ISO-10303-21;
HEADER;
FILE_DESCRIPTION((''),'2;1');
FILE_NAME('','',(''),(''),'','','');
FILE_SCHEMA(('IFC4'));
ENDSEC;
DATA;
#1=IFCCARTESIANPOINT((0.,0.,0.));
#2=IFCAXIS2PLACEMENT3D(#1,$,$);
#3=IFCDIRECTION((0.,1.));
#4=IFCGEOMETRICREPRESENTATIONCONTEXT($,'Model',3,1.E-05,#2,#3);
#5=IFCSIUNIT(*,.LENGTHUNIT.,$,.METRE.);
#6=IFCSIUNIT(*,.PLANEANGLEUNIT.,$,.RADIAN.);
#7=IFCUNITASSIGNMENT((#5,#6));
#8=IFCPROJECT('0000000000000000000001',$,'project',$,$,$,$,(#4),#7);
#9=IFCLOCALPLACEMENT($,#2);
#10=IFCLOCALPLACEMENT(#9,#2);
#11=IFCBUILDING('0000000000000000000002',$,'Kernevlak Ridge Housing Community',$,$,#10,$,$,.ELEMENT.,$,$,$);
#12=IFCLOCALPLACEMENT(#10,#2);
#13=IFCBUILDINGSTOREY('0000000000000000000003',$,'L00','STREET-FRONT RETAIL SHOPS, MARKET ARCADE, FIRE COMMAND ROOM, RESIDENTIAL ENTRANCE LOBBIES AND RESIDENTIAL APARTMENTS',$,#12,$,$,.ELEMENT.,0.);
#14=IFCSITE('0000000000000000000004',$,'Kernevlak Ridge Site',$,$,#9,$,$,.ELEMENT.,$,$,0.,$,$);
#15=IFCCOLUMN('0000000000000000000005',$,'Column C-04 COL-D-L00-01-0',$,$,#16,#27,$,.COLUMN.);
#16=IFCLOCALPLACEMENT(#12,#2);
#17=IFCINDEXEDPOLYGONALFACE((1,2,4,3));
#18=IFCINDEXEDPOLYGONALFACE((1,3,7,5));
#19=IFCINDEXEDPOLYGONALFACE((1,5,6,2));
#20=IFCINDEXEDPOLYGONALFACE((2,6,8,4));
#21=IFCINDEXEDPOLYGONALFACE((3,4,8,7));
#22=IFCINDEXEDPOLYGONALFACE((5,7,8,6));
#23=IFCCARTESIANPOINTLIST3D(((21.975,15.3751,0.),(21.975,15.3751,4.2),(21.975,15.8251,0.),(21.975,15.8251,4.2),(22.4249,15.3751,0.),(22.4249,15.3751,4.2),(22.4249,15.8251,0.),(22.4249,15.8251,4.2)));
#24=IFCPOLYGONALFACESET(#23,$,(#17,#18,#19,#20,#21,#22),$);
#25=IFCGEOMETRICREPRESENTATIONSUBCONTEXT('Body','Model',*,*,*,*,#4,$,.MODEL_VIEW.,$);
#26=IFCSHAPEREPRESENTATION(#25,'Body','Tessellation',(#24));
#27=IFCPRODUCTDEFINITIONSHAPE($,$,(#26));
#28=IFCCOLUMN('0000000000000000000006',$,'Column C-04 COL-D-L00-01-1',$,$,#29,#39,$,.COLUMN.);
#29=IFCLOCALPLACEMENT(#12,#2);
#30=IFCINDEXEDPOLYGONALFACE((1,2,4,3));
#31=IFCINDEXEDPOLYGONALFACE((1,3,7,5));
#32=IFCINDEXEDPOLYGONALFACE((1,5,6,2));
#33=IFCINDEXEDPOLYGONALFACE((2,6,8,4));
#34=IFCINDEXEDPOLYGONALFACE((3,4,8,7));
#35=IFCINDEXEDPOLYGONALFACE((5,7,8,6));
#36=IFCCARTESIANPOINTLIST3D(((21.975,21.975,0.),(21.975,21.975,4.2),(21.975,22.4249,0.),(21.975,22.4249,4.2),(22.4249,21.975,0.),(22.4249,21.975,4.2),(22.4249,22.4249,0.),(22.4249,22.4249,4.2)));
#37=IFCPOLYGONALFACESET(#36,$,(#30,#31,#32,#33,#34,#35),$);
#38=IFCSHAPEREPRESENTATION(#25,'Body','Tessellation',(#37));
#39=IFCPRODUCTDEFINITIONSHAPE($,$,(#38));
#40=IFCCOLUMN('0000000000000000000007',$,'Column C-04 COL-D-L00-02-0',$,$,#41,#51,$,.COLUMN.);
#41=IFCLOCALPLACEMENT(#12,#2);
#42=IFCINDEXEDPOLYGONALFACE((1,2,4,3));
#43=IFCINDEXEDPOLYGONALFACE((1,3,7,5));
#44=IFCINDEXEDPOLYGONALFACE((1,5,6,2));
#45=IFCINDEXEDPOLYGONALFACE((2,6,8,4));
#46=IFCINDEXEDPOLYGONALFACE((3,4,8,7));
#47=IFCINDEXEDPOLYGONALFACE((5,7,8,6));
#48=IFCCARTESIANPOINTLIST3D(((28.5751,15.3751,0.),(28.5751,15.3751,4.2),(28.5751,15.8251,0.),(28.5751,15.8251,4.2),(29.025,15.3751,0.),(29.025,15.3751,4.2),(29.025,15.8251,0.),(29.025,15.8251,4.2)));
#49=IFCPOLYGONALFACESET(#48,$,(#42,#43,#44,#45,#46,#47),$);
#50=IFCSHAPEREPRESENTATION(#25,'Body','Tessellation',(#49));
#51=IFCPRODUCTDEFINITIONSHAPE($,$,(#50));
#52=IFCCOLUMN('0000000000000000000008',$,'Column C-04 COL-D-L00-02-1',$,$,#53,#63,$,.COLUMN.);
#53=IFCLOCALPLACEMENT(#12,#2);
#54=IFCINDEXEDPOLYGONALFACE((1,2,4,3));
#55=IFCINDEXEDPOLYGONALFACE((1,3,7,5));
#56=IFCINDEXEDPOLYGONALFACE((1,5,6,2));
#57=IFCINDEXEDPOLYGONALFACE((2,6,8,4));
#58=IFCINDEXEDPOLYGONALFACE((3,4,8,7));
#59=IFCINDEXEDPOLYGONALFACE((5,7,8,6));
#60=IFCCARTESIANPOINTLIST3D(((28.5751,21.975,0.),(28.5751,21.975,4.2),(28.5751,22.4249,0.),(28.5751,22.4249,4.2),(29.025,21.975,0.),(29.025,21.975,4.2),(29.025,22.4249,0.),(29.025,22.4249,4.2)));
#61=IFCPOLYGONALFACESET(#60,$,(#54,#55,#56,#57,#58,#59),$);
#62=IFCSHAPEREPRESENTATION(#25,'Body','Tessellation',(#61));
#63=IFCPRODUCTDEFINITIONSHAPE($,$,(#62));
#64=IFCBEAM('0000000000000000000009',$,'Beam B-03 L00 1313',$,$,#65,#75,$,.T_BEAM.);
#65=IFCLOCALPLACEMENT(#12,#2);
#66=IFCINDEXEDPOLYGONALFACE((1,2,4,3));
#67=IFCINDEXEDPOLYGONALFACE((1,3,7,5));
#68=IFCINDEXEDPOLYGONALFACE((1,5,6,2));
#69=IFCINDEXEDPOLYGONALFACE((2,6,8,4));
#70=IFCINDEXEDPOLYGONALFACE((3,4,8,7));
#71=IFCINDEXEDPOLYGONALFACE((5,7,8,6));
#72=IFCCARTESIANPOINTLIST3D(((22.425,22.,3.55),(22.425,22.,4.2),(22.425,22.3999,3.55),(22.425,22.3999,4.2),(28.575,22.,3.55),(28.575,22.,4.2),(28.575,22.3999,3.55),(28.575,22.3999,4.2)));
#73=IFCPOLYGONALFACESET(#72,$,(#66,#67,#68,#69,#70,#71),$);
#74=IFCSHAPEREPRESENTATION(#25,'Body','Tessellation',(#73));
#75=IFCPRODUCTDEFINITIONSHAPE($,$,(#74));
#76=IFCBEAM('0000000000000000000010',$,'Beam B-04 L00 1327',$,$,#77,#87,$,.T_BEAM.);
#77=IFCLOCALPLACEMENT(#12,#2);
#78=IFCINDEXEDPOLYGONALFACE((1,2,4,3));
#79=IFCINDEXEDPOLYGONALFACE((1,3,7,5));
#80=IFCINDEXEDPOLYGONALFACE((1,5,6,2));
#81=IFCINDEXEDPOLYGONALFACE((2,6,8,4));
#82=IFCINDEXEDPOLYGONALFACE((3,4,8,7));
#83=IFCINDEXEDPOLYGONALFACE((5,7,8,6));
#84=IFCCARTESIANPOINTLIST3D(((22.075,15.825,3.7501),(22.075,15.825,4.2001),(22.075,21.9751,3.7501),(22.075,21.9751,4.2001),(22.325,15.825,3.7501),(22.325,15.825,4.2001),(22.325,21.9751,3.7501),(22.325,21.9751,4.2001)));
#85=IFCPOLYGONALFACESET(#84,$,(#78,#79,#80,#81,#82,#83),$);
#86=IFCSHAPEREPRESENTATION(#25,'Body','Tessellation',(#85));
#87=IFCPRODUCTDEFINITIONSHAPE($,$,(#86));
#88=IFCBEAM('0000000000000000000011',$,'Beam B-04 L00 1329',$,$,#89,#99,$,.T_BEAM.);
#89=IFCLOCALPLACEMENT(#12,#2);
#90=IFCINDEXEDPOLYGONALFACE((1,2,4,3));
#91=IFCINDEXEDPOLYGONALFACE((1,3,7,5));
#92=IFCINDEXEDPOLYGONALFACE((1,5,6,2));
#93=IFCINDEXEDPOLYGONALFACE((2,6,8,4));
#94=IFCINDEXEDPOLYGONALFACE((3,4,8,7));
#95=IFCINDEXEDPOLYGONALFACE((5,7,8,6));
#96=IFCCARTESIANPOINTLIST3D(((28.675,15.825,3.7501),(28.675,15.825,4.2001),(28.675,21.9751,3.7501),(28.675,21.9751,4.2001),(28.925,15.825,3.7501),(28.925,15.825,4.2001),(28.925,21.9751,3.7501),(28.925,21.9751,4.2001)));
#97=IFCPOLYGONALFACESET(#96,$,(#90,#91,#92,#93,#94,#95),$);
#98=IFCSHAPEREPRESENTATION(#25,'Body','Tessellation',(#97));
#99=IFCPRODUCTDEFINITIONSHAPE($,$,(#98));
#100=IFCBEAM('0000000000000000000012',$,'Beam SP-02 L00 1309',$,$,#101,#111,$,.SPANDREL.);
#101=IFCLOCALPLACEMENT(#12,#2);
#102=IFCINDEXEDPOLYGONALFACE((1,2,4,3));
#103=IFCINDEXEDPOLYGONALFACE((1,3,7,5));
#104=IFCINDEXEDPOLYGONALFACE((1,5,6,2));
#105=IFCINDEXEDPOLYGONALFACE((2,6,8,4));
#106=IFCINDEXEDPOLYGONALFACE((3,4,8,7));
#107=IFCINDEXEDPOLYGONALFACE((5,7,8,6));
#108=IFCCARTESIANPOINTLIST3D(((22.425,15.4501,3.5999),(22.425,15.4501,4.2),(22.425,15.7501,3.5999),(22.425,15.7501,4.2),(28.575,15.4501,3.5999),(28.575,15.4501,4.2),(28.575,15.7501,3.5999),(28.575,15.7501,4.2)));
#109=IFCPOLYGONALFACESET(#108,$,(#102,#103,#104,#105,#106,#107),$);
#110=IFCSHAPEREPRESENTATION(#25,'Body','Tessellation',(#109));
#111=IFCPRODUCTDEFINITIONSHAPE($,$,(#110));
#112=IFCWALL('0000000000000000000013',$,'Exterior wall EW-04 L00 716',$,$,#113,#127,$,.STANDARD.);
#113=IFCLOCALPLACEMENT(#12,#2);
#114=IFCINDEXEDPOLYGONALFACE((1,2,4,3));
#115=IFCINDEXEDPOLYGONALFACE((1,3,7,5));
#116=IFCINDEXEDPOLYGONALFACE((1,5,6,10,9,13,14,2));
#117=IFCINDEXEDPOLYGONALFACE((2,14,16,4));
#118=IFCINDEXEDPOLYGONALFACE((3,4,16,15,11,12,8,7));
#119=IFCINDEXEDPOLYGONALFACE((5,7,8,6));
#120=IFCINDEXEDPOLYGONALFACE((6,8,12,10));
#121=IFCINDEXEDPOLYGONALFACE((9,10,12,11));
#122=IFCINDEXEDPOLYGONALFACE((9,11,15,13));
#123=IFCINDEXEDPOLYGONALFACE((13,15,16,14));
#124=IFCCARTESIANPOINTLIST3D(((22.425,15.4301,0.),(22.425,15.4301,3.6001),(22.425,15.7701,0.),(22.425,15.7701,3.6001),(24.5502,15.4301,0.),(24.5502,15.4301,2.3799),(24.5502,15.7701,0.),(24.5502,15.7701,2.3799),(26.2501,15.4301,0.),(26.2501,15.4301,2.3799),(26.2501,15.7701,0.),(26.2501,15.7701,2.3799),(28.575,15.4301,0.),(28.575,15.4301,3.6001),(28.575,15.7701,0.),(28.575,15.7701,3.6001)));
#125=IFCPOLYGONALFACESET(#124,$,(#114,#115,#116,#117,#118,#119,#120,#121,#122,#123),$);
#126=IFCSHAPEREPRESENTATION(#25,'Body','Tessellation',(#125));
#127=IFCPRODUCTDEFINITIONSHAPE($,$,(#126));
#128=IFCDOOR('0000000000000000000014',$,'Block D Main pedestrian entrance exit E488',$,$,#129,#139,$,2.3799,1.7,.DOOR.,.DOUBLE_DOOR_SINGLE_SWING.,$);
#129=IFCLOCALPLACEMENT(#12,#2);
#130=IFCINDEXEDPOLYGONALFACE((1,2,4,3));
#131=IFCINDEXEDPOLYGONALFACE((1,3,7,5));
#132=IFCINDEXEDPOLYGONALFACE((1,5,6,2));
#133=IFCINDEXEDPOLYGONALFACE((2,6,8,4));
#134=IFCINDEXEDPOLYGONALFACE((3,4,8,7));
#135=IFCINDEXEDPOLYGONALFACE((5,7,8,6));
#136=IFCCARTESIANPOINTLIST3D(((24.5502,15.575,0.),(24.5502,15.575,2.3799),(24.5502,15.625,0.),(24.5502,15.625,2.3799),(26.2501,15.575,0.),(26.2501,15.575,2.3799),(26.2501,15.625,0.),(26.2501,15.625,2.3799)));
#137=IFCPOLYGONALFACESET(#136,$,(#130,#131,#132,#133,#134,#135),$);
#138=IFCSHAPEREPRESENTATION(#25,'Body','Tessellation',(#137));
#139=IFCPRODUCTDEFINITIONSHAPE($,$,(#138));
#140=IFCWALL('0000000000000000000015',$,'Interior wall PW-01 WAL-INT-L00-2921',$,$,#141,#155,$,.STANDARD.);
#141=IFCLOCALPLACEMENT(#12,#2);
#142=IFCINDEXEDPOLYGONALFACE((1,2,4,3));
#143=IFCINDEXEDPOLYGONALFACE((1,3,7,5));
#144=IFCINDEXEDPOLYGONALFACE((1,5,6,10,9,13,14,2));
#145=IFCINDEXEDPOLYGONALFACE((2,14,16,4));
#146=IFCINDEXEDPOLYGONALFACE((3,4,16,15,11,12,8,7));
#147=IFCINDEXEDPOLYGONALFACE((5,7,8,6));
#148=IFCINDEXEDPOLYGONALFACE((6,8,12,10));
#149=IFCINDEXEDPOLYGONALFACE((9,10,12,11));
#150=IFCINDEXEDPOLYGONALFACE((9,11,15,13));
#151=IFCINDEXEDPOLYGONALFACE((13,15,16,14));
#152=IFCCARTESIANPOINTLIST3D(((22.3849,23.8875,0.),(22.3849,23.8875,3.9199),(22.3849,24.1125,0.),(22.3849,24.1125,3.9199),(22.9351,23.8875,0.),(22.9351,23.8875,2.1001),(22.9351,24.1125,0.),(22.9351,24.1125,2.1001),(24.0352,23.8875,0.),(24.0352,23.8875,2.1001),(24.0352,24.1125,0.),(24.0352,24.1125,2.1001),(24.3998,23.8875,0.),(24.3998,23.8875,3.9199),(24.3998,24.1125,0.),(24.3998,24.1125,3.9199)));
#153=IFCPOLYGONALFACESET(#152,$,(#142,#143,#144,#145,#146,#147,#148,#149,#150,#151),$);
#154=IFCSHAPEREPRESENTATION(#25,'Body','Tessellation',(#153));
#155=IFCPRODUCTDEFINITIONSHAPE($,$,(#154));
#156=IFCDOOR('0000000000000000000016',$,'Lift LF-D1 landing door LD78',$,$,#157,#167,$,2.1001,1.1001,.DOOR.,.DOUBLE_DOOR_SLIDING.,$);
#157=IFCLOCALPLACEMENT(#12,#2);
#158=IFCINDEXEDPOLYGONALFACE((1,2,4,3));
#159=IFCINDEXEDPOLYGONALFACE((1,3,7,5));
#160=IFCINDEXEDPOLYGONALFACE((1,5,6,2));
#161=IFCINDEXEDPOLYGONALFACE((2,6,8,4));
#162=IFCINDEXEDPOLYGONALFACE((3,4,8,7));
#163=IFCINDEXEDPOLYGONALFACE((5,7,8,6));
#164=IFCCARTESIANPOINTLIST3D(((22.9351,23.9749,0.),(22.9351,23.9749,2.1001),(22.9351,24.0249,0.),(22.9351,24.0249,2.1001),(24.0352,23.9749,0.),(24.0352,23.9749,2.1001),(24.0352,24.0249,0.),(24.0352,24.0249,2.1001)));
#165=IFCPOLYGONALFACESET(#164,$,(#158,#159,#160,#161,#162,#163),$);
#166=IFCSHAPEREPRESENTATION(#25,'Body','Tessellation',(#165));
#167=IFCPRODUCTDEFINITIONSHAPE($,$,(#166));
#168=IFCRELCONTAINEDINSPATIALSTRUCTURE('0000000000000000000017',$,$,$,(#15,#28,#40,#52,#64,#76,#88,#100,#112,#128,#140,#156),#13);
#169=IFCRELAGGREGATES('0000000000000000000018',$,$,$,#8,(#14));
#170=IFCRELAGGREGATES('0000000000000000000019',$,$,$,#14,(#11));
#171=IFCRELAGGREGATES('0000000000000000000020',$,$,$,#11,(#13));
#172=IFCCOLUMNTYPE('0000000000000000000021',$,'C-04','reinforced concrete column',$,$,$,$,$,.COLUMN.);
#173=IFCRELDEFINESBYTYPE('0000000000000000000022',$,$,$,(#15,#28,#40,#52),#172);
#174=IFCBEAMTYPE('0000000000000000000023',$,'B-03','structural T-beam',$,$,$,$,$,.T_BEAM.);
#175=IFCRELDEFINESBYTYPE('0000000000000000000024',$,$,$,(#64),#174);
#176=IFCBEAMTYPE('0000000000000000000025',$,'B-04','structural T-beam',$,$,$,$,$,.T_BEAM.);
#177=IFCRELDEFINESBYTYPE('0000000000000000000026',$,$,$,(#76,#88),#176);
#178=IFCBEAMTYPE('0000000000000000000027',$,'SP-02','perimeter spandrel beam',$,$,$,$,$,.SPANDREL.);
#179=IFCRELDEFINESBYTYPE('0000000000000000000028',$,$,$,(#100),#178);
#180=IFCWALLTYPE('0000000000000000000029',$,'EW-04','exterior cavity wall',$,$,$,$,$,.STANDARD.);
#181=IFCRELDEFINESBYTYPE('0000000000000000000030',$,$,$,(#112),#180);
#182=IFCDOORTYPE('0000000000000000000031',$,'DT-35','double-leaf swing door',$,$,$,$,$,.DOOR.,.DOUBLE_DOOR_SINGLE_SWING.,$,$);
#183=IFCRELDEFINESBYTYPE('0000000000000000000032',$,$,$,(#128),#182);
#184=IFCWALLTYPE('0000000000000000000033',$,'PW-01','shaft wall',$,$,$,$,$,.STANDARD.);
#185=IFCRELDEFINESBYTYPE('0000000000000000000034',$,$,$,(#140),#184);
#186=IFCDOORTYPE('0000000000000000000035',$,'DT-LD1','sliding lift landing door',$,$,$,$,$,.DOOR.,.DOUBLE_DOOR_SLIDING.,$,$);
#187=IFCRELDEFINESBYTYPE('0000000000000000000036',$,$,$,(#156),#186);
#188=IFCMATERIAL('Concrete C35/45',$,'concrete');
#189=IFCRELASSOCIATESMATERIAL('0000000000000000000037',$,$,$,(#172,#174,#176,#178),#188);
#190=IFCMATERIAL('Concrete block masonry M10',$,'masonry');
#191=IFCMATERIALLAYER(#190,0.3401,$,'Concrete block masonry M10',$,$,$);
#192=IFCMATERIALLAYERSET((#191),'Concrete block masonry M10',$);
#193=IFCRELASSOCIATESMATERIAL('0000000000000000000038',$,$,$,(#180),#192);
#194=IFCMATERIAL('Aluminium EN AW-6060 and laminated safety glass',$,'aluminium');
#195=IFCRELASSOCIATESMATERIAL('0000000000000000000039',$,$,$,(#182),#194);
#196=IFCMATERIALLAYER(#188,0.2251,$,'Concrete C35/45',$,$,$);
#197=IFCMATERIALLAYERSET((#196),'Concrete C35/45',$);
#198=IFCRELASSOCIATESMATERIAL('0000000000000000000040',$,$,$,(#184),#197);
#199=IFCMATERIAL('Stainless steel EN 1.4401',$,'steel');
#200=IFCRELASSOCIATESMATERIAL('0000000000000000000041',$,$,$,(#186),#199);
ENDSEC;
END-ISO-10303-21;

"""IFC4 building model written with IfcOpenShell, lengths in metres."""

from ifc_helpers import new_model, si_unit, direction, frame, frame_2d, origin, origin_2d, place, context, subcontext, project, spatial, rectangle, extrude, material, layer, layer_set, material_profile, profile_set, type_object, element, fill, save


model = new_model("IFC4")

# Units and contexts
model_context = context("Model", 3, precision=1e-05, world=origin(), true_north=direction((0.0, 1.0)))
body_context = subcontext(model_context, "Body", "Model", "MODEL_VIEW")
ifc_project = project(units=[si_unit("LENGTHUNIT", "METRE"), si_unit("PLANEANGLEUNIT", "RADIAN")], contexts=[model_context])

# Site, building, storey
site_placement = place(None, origin())
site = spatial("IfcSite", under=ifc_project, at=site_placement, Name="Kernevlak Ridge Site", CompositionType="ELEMENT", RefElevation=0.0)
building_placement = place(site_placement, origin())
building = spatial("IfcBuilding", under=site, at=building_placement, Name="Kernevlak Ridge Housing Community", CompositionType="ELEMENT")
storey_placement = place(building_placement, origin())
storey = spatial("IfcBuildingStorey", under=building, at=storey_placement, Name="L00", Description="STREET-FRONT RETAIL SHOPS, MARKET ARCADE, FIRE COMMAND ROOM, RESIDENTIAL ENTRANCE LOBBIES AND RESIDENTIAL APARTMENTS", CompositionType="ELEMENT", Elevation=0.0)

# Columns
ifc_material_1 = material(Name="Concrete C35/45", Category="concrete")
ifc_material_profile_1 = material_profile(ifc_material_1, rectangle(XDim=0.45, YDim=0.45, at=origin_2d()), Name="RC 450x450")
ifc_profile_set_1 = profile_set([ifc_material_profile_1], Name="Concrete C35/45")
column_type = type_object("IfcColumnType", Name="C-04", Description="reinforced concrete column", PredefinedType="COLUMN", material=ifc_profile_set_1)
for number, where, z_axis, x_axis, name in (
    (1, (22.2, 15.6001, 0.0), (0.0, 0.0, 1.0), (1.0, 0.0, 0.0), "Column C-04 COL-D-L00-01-0"),
    (2, (22.2, 22.2, 0.0), (0.0, 0.0, 1.0), (1.0, 0.0, 0.0), "Column C-04 COL-D-L00-01-1"),
    (3, (28.8, 15.6001, 0.0), (0.0, 0.0, 1.0), (1.0, 0.0, 0.0), "Column C-04 COL-D-L00-02-0"),
    (4, (28.8, 22.2, 0.0), (0.0, 0.0, 1.0), (1.0, 0.0, 0.0), "Column C-04 COL-D-L00-02-1"),
):
    element("IfcColumn", number, at=place(storey_placement, frame(where, z_axis=z_axis, x_axis=x_axis)), inside=storey, type_object=column_type, Name=name, PredefinedType="COLUMN", context=body_context, shape_type="SweptSolid", body=[
        extrude(rectangle(XDim=0.45, YDim=0.45, at=origin_2d()), origin(), (0.0, 0.0, 1.0), 4.2),
    ])

# Beams
ifc_material_profile_2 = material_profile(ifc_material_1, rectangle(XDim=0.3999, YDim=0.6499, at=origin_2d()), Name="RC 400x650")
ifc_profile_set_2 = profile_set([ifc_material_profile_2], Name="Concrete C35/45")
beam_type_1 = type_object("IfcBeamType", Name="B-03", Description="structural T-beam", PredefinedType="T_BEAM", material=ifc_profile_set_2)
beam_1_placement = place(storey_placement, frame((22.425, 22.2, 3.875), z_axis=(1.0, 0.0, 0.0), x_axis=(0.0, 1.0, 0.0)))
element("IfcBeam", 5, at=beam_1_placement, inside=storey, type_object=beam_type_1, Name="Beam B-03 L00 1313", PredefinedType="T_BEAM", context=body_context, shape_type="SweptSolid", body=[
    extrude(rectangle(XDim=0.3999, YDim=0.6499, at=origin_2d()), origin(), (0.0, 0.0, 1.0), 6.1499),
])
ifc_material_profile_3 = material_profile(ifc_material_1, rectangle(XDim=0.25, YDim=0.45, at=origin_2d()), Name="RC 250x450")
ifc_profile_set_3 = profile_set([ifc_material_profile_3], Name="Concrete C35/45")
beam_type_2 = type_object("IfcBeamType", Name="B-04", Description="structural T-beam", PredefinedType="T_BEAM", material=ifc_profile_set_3)
for number, where, z_axis, x_axis, name in (
    (6, (22.2, 15.825, 3.9751), (0.0, 1.0, 0.0), (-1.0, 0.0, 0.0), "Beam B-04 L00 1327"),
    (7, (28.8, 15.825, 3.9751), (0.0, 1.0, 0.0), (-1.0, 0.0, 0.0), "Beam B-04 L00 1329"),
):
    element("IfcBeam", number, at=place(storey_placement, frame(where, z_axis=z_axis, x_axis=x_axis)), inside=storey, type_object=beam_type_2, Name=name, PredefinedType="T_BEAM", context=body_context, shape_type="SweptSolid", body=[
        extrude(rectangle(XDim=0.25, YDim=0.45, at=origin_2d()), origin(), (0.0, 0.0, 1.0), 6.1501),
    ])
ifc_material_profile_4 = material_profile(ifc_material_1, rectangle(XDim=0.3, YDim=0.6001, at=origin_2d()), Name="RC 300x600")
ifc_profile_set_4 = profile_set([ifc_material_profile_4], Name="Concrete C35/45")
beam_type_3 = type_object("IfcBeamType", Name="SP-02", Description="perimeter spandrel beam", PredefinedType="SPANDREL", material=ifc_profile_set_4)
beam_2_placement = place(storey_placement, frame((22.425, 15.6001, 3.8999), z_axis=(1.0, 0.0, 0.0), x_axis=(0.0, 1.0, 0.0)))
element("IfcBeam", 8, at=beam_2_placement, inside=storey, type_object=beam_type_3, Name="Beam SP-02 L00 1309", PredefinedType="SPANDREL", context=body_context, shape_type="SweptSolid", body=[
    extrude(rectangle(XDim=0.3, YDim=0.6001, at=origin_2d()), origin(), (0.0, 0.0, 1.0), 6.1499),
])

# Walls, openings, doors
ifc_material_2 = material(Name="Concrete block masonry M10", Category="masonry")
ifc_layer_1 = layer(ifc_material_2, 0.3401, Name="Concrete block masonry M10")
ifc_layer_set_1 = layer_set([ifc_layer_1], Name="Concrete block masonry M10")
wall_type_1 = type_object("IfcWallType", Name="EW-04", Description="exterior cavity wall", PredefinedType="STANDARD", material=ifc_layer_set_1)
wall_1_placement = place(storey_placement, frame((22.425, 15.6001, 0.0), z_axis=(0.0, 0.0, 1.0), x_axis=(1.0, 0.0, 0.0)))
wall_1 = element("IfcWall", 9, at=wall_1_placement, inside=storey, type_object=wall_type_1, Name="Exterior wall EW-04 L00 716", PredefinedType="STANDARD", context=body_context, shape_type="SweptSolid", body=[
    extrude(rectangle(XDim=6.1499, YDim=0.3401, at=frame_2d((3.075, 0.0))), origin(), (0.0, 0.0, 1.0), 3.6001),
])
opening_1_placement = place(wall_1_placement, frame((2.125, 0.0, 0.0)))
opening_1 = element("IfcOpeningElement", 10, at=opening_1_placement, cuts=wall_1, PredefinedType="OPENING", context=body_context, shape_type="SweptSolid", body=[
    extrude(rectangle(XDim=1.7, YDim=2.3799, at=frame_2d((0.8501, 1.1899))), frame((0.0, 0.1799, 0.0), z_axis=(0.0, -1.0, 0.0), x_axis=(1.0, 0.0, 0.0)), (0.0, 0.0, 1.0), 0.3601),
])
ifc_material_3 = material(Name="Aluminium EN AW-6060 and laminated safety glass", Category="aluminium")
door_type_1 = type_object("IfcDoorType", Name="DT-35", Description="double-leaf swing door", OperationType="DOUBLE_DOOR_SINGLE_SWING", PredefinedType="DOOR", material=ifc_material_3)
door_1_placement = place(opening_1_placement, origin())
door_1 = element("IfcDoor", 11, at=door_1_placement, inside=storey, type_object=door_type_1, Name="Block D Main pedestrian entrance exit E488", OperationType="DOUBLE_DOOR_SINGLE_SWING", OverallHeight=2.3799, OverallWidth=1.7, PredefinedType="DOOR", context=body_context, shape_type="SweptSolid", body=[
    extrude(rectangle(XDim=1.7, YDim=2.3799, at=frame_2d((0.8501, 1.1899))), frame((0.0, 0.0249, 0.0), z_axis=(0.0, -1.0, 0.0), x_axis=(1.0, 0.0, 0.0)), (0.0, 0.0, 1.0), 0.05),
])
fill(opening_1, door_1)
ifc_layer_2 = layer(ifc_material_1, 0.2251, Name="Concrete C35/45")
ifc_layer_set_2 = layer_set([ifc_layer_2], Name="Concrete C35/45")
wall_type_2 = type_object("IfcWallType", Name="PW-01", Description="shaft wall", PredefinedType="STANDARD", material=ifc_layer_set_2)
wall_2_placement = place(storey_placement, frame((22.385, 24.0, 0.0), z_axis=(0.0, 0.0, 1.0), x_axis=(1.0, 0.0, 0.0)))
wall_2 = element("IfcWall", 12, at=wall_2_placement, inside=storey, type_object=wall_type_2, Name="Interior wall PW-01 WAL-INT-L00-2921", PredefinedType="STANDARD", context=body_context, shape_type="SweptSolid", body=[
    extrude(rectangle(XDim=2.0149, YDim=0.2251, at=frame_2d((1.0073, 0.0))), origin(), (0.0, 0.0, 1.0), 3.9199),
])
opening_2_placement = place(wall_2_placement, frame((0.55, 0.0, 0.0)))
opening_2 = element("IfcOpeningElement", 13, at=opening_2_placement, cuts=wall_2, PredefinedType="OPENING", context=body_context, shape_type="SweptSolid", body=[
    extrude(rectangle(XDim=1.1001, YDim=2.1001, at=frame_2d((0.55, 1.05))), frame((0.0, 0.1226, 0.0), z_axis=(0.0, -1.0, 0.0), x_axis=(1.0, 0.0, 0.0)), (0.0, 0.0, 1.0), 0.2451),
])
ifc_material_4 = material(Name="Stainless steel EN 1.4401", Category="steel")
door_type_2 = type_object("IfcDoorType", Name="DT-LD1", Description="sliding lift landing door", OperationType="DOUBLE_DOOR_SLIDING", PredefinedType="DOOR", material=ifc_material_4)
door_2_placement = place(opening_2_placement, origin())
door_2 = element("IfcDoor", 14, at=door_2_placement, inside=storey, type_object=door_type_2, Name="Lift LF-D1 landing door LD78", OperationType="DOUBLE_DOOR_SLIDING", OverallHeight=2.1001, OverallWidth=1.1001, PredefinedType="DOOR", context=body_context, shape_type="SweptSolid", body=[
    extrude(rectangle(XDim=1.1001, YDim=2.1001, at=frame_2d((0.55, 1.05))), frame((0.0, 0.0249, 0.0), z_axis=(0.0, -1.0, 0.0), x_axis=(1.0, 0.0, 0.0)), (0.0, 0.0, 1.0), 0.05),
])
fill(opening_2, door_2)

save(model, "model.ifc")
